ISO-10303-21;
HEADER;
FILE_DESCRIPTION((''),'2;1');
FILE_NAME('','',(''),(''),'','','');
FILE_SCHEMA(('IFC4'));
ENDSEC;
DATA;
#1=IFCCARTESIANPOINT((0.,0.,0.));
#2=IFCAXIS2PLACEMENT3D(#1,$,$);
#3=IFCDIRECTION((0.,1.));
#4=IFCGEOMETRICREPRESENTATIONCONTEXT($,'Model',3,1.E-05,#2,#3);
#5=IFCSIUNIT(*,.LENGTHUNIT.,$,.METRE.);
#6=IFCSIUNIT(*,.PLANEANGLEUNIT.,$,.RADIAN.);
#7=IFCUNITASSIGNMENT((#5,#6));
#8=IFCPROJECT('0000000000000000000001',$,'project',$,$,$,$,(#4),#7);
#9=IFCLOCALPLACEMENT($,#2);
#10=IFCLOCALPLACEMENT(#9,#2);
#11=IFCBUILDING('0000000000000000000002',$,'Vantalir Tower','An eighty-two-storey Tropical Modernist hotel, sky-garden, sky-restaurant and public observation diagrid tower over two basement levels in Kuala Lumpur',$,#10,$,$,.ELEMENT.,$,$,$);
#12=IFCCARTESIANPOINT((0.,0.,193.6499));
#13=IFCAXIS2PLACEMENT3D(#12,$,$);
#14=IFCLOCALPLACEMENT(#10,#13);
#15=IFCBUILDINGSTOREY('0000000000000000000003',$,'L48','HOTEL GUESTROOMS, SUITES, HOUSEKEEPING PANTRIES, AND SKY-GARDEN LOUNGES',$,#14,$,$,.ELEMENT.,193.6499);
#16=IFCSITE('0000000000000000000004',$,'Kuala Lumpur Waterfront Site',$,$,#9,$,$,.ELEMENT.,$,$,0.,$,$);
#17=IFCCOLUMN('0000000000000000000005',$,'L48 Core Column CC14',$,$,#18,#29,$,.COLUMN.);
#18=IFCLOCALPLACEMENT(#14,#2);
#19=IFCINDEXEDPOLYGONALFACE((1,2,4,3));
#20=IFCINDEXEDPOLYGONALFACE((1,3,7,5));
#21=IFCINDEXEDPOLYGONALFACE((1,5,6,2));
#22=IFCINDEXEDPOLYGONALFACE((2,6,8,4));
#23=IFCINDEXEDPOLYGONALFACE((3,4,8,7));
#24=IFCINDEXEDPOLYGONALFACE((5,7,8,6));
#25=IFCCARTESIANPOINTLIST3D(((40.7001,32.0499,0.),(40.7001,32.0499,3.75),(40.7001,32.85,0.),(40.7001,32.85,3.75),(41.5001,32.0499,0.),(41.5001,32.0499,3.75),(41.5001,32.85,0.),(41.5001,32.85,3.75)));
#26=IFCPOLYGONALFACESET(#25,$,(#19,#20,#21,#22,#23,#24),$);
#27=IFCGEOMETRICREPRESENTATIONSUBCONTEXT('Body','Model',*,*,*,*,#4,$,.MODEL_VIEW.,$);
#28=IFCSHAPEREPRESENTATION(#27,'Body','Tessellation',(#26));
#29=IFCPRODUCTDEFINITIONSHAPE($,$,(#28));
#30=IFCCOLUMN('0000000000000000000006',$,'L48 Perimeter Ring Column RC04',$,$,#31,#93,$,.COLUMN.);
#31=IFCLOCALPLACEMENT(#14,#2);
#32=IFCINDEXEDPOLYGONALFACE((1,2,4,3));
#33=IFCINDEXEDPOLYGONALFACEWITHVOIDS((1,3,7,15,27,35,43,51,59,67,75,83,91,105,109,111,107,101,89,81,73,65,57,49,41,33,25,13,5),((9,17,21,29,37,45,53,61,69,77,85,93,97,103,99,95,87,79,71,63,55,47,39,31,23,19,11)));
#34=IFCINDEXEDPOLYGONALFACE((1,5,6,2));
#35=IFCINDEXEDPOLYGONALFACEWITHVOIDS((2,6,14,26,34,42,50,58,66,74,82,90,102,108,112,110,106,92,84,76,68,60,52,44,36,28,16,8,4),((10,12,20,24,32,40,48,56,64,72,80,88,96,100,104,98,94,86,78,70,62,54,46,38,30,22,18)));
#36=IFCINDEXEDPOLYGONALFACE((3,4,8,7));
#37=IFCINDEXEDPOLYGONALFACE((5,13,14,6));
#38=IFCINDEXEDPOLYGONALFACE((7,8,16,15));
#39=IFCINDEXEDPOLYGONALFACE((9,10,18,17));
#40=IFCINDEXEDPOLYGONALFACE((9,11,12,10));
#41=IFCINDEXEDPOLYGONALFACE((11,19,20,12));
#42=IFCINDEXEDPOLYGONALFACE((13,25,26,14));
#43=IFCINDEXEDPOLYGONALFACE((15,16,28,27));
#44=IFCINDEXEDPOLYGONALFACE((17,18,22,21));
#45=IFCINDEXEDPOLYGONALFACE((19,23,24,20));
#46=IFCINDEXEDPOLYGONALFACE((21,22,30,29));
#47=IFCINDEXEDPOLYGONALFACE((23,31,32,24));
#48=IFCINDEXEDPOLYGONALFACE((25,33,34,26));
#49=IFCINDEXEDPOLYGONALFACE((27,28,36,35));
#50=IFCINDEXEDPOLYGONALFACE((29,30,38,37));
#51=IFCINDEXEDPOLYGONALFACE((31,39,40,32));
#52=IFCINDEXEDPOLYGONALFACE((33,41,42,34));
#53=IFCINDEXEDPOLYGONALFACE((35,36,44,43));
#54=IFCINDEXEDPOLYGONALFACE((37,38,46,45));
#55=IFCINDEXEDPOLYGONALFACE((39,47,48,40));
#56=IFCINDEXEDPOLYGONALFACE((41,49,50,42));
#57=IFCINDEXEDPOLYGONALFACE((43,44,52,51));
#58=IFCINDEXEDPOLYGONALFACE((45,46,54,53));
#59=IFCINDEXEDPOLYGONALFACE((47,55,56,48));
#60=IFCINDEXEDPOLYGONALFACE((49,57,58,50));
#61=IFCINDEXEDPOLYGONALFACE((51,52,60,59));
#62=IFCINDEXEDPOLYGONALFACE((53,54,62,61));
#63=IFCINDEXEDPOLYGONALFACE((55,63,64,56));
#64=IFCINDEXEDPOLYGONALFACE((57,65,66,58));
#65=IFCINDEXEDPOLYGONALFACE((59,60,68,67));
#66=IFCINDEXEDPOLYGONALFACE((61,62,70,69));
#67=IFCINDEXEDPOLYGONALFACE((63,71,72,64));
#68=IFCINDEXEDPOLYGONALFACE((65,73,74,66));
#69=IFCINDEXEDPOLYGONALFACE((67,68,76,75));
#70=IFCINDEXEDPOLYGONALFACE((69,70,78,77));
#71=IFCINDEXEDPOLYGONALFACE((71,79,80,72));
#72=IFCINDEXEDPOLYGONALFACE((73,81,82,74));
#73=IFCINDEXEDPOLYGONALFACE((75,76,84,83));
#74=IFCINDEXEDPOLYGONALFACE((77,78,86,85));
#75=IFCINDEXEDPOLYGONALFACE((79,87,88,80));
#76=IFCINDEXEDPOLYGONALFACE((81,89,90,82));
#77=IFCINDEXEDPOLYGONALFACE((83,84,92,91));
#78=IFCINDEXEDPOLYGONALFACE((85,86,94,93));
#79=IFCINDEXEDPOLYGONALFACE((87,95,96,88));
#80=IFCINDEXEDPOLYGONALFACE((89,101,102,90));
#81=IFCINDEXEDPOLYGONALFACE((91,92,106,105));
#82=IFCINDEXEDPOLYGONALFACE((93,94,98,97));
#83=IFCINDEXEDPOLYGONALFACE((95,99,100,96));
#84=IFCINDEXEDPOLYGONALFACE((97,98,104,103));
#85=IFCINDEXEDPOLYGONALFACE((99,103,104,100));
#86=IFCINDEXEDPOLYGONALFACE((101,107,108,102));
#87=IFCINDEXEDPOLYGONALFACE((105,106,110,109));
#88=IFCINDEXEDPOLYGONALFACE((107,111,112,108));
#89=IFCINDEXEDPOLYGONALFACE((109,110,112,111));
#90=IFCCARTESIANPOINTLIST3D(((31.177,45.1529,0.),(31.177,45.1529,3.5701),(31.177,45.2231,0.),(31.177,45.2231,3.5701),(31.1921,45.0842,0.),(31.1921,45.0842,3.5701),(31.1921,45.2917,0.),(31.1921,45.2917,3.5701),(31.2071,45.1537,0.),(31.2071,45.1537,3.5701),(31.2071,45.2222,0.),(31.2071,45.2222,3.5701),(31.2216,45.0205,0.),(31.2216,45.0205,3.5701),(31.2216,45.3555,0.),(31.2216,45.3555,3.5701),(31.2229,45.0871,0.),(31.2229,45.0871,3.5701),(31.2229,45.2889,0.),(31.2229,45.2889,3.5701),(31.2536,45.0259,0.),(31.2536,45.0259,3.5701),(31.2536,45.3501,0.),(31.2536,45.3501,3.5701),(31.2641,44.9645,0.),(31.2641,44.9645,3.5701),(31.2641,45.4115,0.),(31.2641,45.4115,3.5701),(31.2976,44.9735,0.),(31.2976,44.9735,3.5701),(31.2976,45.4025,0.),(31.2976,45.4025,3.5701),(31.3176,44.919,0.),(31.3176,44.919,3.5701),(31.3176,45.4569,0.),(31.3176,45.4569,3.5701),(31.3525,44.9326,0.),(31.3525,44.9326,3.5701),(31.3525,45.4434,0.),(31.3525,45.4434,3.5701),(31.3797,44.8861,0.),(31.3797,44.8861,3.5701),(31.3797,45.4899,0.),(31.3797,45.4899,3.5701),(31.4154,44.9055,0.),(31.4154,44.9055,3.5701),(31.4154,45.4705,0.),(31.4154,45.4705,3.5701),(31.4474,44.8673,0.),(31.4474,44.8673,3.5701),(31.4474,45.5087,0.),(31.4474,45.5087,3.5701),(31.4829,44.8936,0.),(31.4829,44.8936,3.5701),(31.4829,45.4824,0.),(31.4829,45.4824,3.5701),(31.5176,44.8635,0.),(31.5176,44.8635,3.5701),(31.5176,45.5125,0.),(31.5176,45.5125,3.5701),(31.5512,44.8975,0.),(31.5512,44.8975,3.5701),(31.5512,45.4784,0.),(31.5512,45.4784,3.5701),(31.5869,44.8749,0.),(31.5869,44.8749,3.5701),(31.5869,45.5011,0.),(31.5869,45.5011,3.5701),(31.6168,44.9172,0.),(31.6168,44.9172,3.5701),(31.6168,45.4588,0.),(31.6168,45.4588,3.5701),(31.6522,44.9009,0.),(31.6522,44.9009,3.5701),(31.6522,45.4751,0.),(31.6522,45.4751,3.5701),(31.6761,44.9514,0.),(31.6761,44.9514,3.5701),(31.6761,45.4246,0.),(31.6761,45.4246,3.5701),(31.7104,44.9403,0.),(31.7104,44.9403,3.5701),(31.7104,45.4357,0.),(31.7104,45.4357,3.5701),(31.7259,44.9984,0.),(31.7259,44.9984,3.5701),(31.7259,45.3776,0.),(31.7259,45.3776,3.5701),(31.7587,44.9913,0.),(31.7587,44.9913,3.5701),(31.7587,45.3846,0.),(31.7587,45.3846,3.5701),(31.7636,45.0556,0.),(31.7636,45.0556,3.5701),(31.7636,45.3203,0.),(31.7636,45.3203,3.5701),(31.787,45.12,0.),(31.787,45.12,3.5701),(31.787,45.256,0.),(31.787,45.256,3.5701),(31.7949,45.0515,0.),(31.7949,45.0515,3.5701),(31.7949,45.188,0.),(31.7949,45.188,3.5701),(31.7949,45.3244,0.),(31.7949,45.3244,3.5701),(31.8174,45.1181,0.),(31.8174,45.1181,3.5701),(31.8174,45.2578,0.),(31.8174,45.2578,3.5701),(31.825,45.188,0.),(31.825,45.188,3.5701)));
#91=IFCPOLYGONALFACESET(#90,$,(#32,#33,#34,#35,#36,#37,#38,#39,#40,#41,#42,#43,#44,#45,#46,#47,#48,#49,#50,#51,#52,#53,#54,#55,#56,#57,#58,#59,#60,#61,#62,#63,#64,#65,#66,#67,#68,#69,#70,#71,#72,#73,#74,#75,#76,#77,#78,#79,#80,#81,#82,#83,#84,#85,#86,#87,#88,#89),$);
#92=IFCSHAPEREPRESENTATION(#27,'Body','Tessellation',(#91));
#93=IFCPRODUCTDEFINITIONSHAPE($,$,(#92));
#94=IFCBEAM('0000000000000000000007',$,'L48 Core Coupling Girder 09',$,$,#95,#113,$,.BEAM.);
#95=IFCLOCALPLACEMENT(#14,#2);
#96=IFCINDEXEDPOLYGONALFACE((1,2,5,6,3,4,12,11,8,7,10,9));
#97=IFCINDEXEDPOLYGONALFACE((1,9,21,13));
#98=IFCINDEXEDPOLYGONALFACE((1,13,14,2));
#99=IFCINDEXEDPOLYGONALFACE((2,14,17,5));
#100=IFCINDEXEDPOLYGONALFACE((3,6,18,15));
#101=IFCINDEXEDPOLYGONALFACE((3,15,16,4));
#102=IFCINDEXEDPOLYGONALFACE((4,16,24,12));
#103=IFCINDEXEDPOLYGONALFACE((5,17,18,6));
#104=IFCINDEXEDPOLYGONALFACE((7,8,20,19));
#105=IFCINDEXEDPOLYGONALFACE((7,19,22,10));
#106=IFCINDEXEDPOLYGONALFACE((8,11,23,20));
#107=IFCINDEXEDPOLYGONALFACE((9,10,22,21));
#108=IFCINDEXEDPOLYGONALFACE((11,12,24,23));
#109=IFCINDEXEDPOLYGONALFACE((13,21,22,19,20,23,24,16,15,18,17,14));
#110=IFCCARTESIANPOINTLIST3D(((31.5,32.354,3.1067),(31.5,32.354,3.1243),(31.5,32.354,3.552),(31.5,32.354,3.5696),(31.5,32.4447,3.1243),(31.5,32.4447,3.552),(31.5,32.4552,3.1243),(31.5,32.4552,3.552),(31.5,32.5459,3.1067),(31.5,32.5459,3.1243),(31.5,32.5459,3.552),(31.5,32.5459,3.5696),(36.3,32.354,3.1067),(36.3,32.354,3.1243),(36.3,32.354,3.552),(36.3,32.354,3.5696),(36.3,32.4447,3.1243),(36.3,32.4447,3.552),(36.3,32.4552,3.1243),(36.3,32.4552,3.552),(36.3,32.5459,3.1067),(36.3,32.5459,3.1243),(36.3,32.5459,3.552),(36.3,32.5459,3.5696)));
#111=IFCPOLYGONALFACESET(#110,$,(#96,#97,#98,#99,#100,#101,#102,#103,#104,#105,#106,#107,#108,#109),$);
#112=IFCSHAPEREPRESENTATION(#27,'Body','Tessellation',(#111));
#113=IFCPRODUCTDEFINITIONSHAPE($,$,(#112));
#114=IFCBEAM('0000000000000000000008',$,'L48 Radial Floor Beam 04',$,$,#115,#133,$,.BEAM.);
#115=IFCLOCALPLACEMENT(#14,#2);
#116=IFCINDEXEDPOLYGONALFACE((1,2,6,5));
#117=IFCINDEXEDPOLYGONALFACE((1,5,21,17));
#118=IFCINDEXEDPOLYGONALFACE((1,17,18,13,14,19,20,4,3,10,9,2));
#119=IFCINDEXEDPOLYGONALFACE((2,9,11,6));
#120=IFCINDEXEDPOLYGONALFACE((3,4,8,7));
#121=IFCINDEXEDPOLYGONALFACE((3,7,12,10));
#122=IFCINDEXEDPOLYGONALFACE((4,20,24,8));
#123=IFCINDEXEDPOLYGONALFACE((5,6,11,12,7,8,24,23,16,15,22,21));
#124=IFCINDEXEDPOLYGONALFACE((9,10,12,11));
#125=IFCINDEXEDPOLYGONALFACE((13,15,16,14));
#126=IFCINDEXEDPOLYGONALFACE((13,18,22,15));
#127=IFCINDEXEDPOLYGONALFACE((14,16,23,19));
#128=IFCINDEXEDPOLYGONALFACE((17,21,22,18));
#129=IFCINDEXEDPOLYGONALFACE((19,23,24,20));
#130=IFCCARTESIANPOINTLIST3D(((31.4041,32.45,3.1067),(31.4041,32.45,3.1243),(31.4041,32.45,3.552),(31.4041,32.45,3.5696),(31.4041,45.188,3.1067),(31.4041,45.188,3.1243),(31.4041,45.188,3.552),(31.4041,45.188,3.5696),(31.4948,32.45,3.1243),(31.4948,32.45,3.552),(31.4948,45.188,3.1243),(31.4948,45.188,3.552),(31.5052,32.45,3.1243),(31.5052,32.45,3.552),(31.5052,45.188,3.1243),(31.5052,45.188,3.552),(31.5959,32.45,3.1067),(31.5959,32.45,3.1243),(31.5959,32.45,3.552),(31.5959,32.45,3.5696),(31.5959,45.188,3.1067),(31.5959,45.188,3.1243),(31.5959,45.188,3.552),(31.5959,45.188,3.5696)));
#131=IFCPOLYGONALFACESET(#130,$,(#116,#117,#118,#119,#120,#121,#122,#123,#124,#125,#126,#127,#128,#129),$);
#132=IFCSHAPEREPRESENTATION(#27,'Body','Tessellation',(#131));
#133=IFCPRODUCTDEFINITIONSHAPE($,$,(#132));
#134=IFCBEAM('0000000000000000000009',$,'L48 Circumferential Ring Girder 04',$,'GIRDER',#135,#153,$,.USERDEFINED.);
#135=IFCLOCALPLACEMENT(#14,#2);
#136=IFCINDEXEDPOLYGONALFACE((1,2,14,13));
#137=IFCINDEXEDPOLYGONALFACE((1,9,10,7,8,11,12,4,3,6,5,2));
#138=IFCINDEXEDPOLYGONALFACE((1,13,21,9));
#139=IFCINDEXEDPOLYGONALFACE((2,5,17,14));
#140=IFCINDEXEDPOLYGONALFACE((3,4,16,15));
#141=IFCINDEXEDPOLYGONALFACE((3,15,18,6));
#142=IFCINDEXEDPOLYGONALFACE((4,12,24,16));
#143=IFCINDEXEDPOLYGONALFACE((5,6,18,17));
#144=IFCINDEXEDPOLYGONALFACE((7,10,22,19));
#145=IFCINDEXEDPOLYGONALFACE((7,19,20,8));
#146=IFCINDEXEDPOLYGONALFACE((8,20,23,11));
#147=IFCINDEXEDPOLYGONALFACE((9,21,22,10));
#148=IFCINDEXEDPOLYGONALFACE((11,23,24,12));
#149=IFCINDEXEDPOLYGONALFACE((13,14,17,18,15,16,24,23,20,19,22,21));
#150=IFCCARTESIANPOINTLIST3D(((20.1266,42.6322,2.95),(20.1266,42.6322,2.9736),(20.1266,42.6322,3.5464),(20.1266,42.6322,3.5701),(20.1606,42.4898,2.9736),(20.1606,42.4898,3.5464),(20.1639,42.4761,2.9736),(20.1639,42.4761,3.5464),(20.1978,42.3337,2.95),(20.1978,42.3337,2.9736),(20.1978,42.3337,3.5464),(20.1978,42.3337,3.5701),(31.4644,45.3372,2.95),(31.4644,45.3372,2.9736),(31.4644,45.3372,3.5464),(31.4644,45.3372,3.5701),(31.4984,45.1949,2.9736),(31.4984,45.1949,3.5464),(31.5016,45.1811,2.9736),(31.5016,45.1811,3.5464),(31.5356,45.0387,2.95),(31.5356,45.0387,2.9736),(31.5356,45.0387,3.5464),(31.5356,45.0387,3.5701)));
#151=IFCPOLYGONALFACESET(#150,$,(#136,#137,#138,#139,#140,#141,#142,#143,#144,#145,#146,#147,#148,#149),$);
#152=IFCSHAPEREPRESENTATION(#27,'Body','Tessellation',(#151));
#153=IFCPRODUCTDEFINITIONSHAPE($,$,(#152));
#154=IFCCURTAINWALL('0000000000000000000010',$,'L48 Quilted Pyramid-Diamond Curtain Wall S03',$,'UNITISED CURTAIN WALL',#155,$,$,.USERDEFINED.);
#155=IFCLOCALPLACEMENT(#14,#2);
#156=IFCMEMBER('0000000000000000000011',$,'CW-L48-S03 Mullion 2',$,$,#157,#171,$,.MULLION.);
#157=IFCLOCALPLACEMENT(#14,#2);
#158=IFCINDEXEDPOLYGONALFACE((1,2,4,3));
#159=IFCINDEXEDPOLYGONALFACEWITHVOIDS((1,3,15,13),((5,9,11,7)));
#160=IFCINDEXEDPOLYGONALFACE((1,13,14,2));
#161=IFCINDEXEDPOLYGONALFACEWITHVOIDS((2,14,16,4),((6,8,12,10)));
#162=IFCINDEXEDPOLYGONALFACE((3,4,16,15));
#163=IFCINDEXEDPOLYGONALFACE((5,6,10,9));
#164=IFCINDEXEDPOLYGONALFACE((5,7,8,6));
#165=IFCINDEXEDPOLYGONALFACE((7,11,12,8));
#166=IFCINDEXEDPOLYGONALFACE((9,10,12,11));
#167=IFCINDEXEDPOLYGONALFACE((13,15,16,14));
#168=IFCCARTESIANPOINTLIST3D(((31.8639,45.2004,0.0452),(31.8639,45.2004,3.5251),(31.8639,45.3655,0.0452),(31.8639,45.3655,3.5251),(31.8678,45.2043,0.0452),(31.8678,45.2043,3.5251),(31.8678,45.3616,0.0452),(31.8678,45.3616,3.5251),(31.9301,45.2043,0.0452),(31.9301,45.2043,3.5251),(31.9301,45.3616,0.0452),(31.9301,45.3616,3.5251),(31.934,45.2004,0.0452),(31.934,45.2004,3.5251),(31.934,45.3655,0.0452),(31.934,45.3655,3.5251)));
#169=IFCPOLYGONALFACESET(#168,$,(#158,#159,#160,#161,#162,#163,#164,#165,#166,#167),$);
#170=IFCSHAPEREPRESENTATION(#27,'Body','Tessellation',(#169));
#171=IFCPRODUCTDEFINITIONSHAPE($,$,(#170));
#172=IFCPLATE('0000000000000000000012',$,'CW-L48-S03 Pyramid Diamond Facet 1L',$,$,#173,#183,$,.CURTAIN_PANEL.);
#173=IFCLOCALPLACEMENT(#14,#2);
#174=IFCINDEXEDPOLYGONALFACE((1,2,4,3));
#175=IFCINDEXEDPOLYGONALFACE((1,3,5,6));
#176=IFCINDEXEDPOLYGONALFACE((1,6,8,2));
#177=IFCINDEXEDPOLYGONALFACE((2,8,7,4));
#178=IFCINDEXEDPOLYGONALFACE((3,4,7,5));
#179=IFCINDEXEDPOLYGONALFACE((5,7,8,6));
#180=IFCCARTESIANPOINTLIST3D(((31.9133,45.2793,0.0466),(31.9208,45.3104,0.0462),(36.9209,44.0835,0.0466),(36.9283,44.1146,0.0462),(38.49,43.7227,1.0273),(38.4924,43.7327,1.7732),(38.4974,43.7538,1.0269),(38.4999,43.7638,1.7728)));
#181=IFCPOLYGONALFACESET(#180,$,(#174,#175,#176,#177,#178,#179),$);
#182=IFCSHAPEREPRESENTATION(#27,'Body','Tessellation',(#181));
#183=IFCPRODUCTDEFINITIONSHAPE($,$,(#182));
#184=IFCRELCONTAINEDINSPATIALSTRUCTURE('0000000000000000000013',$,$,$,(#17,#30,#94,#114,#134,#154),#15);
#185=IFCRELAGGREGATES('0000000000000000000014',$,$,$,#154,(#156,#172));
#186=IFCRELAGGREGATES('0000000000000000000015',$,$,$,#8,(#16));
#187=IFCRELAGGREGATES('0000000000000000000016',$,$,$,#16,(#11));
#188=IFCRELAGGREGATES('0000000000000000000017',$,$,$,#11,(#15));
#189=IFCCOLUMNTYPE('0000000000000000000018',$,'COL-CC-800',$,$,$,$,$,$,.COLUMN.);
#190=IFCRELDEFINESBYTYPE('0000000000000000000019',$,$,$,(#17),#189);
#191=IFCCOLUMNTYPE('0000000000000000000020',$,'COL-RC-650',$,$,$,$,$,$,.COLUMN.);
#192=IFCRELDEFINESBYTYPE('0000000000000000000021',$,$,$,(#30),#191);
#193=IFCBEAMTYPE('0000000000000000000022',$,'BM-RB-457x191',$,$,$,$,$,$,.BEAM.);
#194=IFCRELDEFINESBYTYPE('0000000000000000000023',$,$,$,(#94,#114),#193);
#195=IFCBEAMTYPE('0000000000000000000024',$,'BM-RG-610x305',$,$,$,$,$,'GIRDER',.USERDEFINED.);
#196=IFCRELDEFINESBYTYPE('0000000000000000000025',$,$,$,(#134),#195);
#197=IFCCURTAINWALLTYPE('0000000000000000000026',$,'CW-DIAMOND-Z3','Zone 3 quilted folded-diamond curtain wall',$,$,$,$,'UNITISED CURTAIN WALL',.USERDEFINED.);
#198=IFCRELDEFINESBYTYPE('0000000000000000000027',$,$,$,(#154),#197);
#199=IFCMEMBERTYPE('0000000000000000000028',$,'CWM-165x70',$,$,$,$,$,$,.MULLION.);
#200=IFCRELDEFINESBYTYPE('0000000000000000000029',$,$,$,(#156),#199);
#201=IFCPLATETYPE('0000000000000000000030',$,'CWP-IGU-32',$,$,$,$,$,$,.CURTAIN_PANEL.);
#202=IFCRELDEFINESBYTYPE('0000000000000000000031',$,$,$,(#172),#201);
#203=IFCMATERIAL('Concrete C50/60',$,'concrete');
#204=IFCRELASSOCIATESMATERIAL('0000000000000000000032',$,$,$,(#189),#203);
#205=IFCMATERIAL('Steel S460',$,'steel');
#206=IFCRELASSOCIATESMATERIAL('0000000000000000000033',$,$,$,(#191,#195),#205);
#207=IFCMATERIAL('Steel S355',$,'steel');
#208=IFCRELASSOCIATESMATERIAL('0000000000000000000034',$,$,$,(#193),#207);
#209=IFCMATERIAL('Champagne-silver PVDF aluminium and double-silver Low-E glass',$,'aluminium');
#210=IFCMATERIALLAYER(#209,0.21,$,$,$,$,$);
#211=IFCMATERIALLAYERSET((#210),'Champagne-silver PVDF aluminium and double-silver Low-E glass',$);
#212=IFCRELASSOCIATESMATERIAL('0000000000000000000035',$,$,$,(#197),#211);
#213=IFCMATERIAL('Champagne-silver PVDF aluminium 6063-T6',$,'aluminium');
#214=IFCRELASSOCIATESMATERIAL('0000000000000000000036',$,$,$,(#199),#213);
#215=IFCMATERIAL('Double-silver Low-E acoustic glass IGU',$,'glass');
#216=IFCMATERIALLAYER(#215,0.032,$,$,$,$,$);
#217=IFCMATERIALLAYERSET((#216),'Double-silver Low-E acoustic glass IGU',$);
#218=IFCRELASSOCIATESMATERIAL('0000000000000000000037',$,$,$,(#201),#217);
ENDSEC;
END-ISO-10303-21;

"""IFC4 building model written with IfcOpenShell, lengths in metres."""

from ifc_helpers import new_model, si_unit, direction, frame, origin, origin_2d, place, context, subcontext, project, spatial, polyline, rectangle, hollow_rectangle, hollow_circle, i_section, outline, extrude, material, layer, layer_set, material_profile, profile_set, type_object, element, aggregate, save


model = new_model("IFC4")

# Units and contexts
model_context = context("Model", 3, precision=1e-05, world=origin(), true_north=direction((0.0, 1.0)))
body_context = subcontext(model_context, "Body", "Model", "MODEL_VIEW")
ifc_project = project(units=[si_unit("LENGTHUNIT", "METRE"), si_unit("PLANEANGLEUNIT", "RADIAN")], contexts=[model_context])

# Site, building, storey
site_placement = place(None, origin())
site = spatial("IfcSite", under=ifc_project, at=site_placement, Name="Kuala Lumpur Waterfront Site", CompositionType="ELEMENT", RefElevation=0.0)
building_placement = place(site_placement, origin())
building = spatial("IfcBuilding", under=site, at=building_placement, Name="Vantalir Tower", Description="An eighty-two-storey Tropical Modernist hotel, sky-garden, sky-restaurant and public observation diagrid tower over two basement levels in Kuala Lumpur", CompositionType="ELEMENT")
storey_placement = place(building_placement, frame((0.0, 0.0, 193.6499)))
storey = spatial("IfcBuildingStorey", under=building, at=storey_placement, Name="L48", Description="HOTEL GUESTROOMS, SUITES, HOUSEKEEPING PANTRIES, AND SKY-GARDEN LOUNGES", CompositionType="ELEMENT", Elevation=193.6499)

# Columns
ifc_material_1 = material(Name="Concrete C50/60", Category="concrete")
ifc_material_profile_1 = material_profile(ifc_material_1, rectangle(XDim=0.8, YDim=0.8, at=origin_2d()), Name="Concrete C50/60")
ifc_profile_set_1 = profile_set([ifc_material_profile_1], Name="Concrete C50/60")
column_type_1 = type_object("IfcColumnType", Name="COL-CC-800", PredefinedType="COLUMN", material=ifc_profile_set_1)
column_1_placement = place(storey_placement, frame((41.1001, 32.45, 0.0), z_axis=(0.0, 0.0, 1.0), x_axis=(1.0, 0.0, 0.0)))
element("IfcColumn", 1, at=column_1_placement, inside=storey, type_object=column_type_1, Name="L48 Core Column CC14", PredefinedType="COLUMN", context=body_context, shape_type="SweptSolid", body=[
    extrude(rectangle(XDim=0.8, YDim=0.8, at=origin_2d()), origin(), (0.0, 0.0, 1.0), 3.75),
])
ifc_material_2 = material(Name="Steel S460", Category="steel")
ifc_material_profile_2 = material_profile(ifc_material_2, hollow_circle(Radius=0.325, WallThickness=0.03, at=origin_2d()), Name="Steel S460")
ifc_profile_set_2 = profile_set([ifc_material_profile_2], Name="Steel S460")
column_type_2 = type_object("IfcColumnType", Name="COL-RC-650", PredefinedType="COLUMN", material=ifc_profile_set_2)
column_2_placement = place(storey_placement, frame((31.5, 45.188, 0.0), z_axis=(0.0, 0.0, 1.0), x_axis=(1.0, 0.0, 0.0)))
element("IfcColumn", 2, at=column_2_placement, inside=storey, type_object=column_type_2, Name="L48 Perimeter Ring Column RC04", PredefinedType="COLUMN", context=body_context, shape_type="SweptSolid", body=[
    extrude(hollow_circle(Radius=0.325, WallThickness=0.03, at=origin_2d()), origin(), (0.0, 0.0, 1.0), 3.5701),
])

# Beams
ifc_material_3 = material(Name="Steel S355", Category="steel")
ifc_material_profile_3 = material_profile(ifc_material_3, i_section(OverallWidth=0.1919, OverallDepth=0.4629, WebThickness=0.0105, FlangeThickness=0.0176, at=origin_2d()), Name="Steel S355")
ifc_profile_set_3 = profile_set([ifc_material_profile_3], Name="Steel S355")
beam_type_1 = type_object("IfcBeamType", Name="BM-RB-457x191", PredefinedType="BEAM", material=ifc_profile_set_3)
beam_1_placement = place(storey_placement, frame((36.3, 32.45, 3.3381), z_axis=(-1.0, 0.0, 0.0), x_axis=(0.0, -1.0, 0.0)))
element("IfcBeam", 3, at=beam_1_placement, inside=storey, type_object=beam_type_1, Name="L48 Core Coupling Girder 09", PredefinedType="BEAM", context=body_context, shape_type="SweptSolid", body=[
    extrude(i_section(OverallWidth=0.1919, OverallDepth=0.4629, WebThickness=0.0105, FlangeThickness=0.0176, at=origin_2d()), origin(), (0.0, 0.0, 1.0), 4.8),
])
beam_2_placement = place(storey_placement, frame((31.5, 45.188, 3.3381), z_axis=(0.0, -1.0, 0.0), x_axis=(1.0, 0.0, 0.0)))
element("IfcBeam", 4, at=beam_2_placement, inside=storey, type_object=beam_type_1, Name="L48 Radial Floor Beam 04", PredefinedType="BEAM", context=body_context, shape_type="SweptSolid", body=[
    extrude(i_section(OverallWidth=0.1919, OverallDepth=0.4629, WebThickness=0.0105, FlangeThickness=0.0176, at=origin_2d()), origin(), (0.0, 0.0, 1.0), 12.738),
])
ifc_material_profile_4 = material_profile(ifc_material_2, i_section(OverallWidth=0.3069, OverallDepth=0.6201, WebThickness=0.0142, FlangeThickness=0.0237, at=origin_2d()), Name="Steel S460")
ifc_profile_set_4 = profile_set([ifc_material_profile_4], Name="Steel S460")
beam_type_2 = type_object("IfcBeamType", Name="BM-RG-610x305", ElementType="GIRDER", PredefinedType="USERDEFINED", material=ifc_profile_set_4)
beam_3_placement = place(storey_placement, frame((31.5, 45.188, 3.26), z_axis=(-0.972698, -0.232074, 0.0), x_axis=(0.232074, -0.972698, 0.0)))
element("IfcBeam", 5, at=beam_3_placement, inside=storey, type_object=beam_type_2, Name="L48 Circumferential Ring Girder 04", ObjectType="GIRDER", PredefinedType="USERDEFINED", context=body_context, shape_type="SweptSolid", body=[
    extrude(i_section(OverallWidth=0.3069, OverallDepth=0.6201, WebThickness=0.0142, FlangeThickness=0.0237, at=origin_2d()), origin(), (0.0, 0.0, 1.0), 11.656),
])

# Curtain wall, member, plate
ifc_material_4 = material(Name="Champagne-silver PVDF aluminium and double-silver Low-E glass", Category="aluminium")
ifc_layer_1 = layer(ifc_material_4, 0.21)
ifc_layer_set_1 = layer_set([ifc_layer_1], Name="Champagne-silver PVDF aluminium and double-silver Low-E glass")
curtain_wall_type = type_object("IfcCurtainWallType", Name="CW-DIAMOND-Z3", Description="Zone 3 quilted folded-diamond curtain wall", ElementType="UNITISED CURTAIN WALL", PredefinedType="USERDEFINED", material=ifc_layer_set_1)
curtain_wall_placement = place(storey_placement, origin())
curtain_wall = element("IfcCurtainWall", 6, at=curtain_wall_placement, inside=storey, type_object=curtain_wall_type, Name="L48 Quilted Pyramid-Diamond Curtain Wall S03", ObjectType="UNITISED CURTAIN WALL", PredefinedType="USERDEFINED")
ifc_material_5 = material(Name="Champagne-silver PVDF aluminium 6063-T6", Category="aluminium")
ifc_material_profile_5 = material_profile(ifc_material_5, hollow_rectangle(XDim=0.0701, YDim=0.165, WallThickness=0.0039, at=origin_2d()), Name="Champagne-silver PVDF aluminium 6063-T6")
ifc_profile_set_5 = profile_set([ifc_material_profile_5], Name="Champagne-silver PVDF aluminium 6063-T6")
member_type = type_object("IfcMemberType", Name="CWM-165x70", PredefinedType="MULLION", material=ifc_profile_set_5)
member_placement = place(storey_placement, frame((31.8989, 45.283, 0.0452), z_axis=(0.0, 0.0, 1.0), x_axis=(1.0, 0.0, 0.0)))
member = element("IfcMember", 7, at=member_placement, type_object=member_type, Name="CW-L48-S03 Mullion 2", PredefinedType="MULLION", context=body_context, shape_type="SweptSolid", body=[
    extrude(hollow_rectangle(XDim=0.0701, YDim=0.165, WallThickness=0.0039, at=origin_2d()), origin(), (0.0, 0.0, 1.0), 3.48),
])
ifc_material_6 = material(Name="Double-silver Low-E acoustic glass IGU", Category="glass")
ifc_layer_2 = layer(ifc_material_6, 0.032)
ifc_layer_set_2 = layer_set([ifc_layer_2], Name="Double-silver Low-E acoustic glass IGU")
plate_type = type_object("IfcPlateType", Name="CWP-IGU-32", PredefinedType="CURTAIN_PANEL", material=ifc_layer_set_2)
plate_1_placement = place(storey_placement, frame((36.9209, 44.0835, 0.0466), z_axis=(-0.232251, -0.972558, 0.013777), x_axis=(-0.972651, 0.232273, 0.0)))
plate_1 = element("IfcPlate", 8, at=plate_1_placement, type_object=plate_type, Name="CW-L48-S03 Pyramid Diamond Facet 1L", PredefinedType="CURTAIN_PANEL", context=body_context, shape_type="SweptSolid", body=[
    extrude(outline(polyline([(0.0, 0.0), (5.1484, 0.0), (-1.61, -1.7267), (-1.61, -0.9808), (0.0, 0.0)])), origin(), (0.0, 0.0, -1.0), 0.032),
])
aggregate(curtain_wall, [member, plate_1])

save(model, "model.ifc")
